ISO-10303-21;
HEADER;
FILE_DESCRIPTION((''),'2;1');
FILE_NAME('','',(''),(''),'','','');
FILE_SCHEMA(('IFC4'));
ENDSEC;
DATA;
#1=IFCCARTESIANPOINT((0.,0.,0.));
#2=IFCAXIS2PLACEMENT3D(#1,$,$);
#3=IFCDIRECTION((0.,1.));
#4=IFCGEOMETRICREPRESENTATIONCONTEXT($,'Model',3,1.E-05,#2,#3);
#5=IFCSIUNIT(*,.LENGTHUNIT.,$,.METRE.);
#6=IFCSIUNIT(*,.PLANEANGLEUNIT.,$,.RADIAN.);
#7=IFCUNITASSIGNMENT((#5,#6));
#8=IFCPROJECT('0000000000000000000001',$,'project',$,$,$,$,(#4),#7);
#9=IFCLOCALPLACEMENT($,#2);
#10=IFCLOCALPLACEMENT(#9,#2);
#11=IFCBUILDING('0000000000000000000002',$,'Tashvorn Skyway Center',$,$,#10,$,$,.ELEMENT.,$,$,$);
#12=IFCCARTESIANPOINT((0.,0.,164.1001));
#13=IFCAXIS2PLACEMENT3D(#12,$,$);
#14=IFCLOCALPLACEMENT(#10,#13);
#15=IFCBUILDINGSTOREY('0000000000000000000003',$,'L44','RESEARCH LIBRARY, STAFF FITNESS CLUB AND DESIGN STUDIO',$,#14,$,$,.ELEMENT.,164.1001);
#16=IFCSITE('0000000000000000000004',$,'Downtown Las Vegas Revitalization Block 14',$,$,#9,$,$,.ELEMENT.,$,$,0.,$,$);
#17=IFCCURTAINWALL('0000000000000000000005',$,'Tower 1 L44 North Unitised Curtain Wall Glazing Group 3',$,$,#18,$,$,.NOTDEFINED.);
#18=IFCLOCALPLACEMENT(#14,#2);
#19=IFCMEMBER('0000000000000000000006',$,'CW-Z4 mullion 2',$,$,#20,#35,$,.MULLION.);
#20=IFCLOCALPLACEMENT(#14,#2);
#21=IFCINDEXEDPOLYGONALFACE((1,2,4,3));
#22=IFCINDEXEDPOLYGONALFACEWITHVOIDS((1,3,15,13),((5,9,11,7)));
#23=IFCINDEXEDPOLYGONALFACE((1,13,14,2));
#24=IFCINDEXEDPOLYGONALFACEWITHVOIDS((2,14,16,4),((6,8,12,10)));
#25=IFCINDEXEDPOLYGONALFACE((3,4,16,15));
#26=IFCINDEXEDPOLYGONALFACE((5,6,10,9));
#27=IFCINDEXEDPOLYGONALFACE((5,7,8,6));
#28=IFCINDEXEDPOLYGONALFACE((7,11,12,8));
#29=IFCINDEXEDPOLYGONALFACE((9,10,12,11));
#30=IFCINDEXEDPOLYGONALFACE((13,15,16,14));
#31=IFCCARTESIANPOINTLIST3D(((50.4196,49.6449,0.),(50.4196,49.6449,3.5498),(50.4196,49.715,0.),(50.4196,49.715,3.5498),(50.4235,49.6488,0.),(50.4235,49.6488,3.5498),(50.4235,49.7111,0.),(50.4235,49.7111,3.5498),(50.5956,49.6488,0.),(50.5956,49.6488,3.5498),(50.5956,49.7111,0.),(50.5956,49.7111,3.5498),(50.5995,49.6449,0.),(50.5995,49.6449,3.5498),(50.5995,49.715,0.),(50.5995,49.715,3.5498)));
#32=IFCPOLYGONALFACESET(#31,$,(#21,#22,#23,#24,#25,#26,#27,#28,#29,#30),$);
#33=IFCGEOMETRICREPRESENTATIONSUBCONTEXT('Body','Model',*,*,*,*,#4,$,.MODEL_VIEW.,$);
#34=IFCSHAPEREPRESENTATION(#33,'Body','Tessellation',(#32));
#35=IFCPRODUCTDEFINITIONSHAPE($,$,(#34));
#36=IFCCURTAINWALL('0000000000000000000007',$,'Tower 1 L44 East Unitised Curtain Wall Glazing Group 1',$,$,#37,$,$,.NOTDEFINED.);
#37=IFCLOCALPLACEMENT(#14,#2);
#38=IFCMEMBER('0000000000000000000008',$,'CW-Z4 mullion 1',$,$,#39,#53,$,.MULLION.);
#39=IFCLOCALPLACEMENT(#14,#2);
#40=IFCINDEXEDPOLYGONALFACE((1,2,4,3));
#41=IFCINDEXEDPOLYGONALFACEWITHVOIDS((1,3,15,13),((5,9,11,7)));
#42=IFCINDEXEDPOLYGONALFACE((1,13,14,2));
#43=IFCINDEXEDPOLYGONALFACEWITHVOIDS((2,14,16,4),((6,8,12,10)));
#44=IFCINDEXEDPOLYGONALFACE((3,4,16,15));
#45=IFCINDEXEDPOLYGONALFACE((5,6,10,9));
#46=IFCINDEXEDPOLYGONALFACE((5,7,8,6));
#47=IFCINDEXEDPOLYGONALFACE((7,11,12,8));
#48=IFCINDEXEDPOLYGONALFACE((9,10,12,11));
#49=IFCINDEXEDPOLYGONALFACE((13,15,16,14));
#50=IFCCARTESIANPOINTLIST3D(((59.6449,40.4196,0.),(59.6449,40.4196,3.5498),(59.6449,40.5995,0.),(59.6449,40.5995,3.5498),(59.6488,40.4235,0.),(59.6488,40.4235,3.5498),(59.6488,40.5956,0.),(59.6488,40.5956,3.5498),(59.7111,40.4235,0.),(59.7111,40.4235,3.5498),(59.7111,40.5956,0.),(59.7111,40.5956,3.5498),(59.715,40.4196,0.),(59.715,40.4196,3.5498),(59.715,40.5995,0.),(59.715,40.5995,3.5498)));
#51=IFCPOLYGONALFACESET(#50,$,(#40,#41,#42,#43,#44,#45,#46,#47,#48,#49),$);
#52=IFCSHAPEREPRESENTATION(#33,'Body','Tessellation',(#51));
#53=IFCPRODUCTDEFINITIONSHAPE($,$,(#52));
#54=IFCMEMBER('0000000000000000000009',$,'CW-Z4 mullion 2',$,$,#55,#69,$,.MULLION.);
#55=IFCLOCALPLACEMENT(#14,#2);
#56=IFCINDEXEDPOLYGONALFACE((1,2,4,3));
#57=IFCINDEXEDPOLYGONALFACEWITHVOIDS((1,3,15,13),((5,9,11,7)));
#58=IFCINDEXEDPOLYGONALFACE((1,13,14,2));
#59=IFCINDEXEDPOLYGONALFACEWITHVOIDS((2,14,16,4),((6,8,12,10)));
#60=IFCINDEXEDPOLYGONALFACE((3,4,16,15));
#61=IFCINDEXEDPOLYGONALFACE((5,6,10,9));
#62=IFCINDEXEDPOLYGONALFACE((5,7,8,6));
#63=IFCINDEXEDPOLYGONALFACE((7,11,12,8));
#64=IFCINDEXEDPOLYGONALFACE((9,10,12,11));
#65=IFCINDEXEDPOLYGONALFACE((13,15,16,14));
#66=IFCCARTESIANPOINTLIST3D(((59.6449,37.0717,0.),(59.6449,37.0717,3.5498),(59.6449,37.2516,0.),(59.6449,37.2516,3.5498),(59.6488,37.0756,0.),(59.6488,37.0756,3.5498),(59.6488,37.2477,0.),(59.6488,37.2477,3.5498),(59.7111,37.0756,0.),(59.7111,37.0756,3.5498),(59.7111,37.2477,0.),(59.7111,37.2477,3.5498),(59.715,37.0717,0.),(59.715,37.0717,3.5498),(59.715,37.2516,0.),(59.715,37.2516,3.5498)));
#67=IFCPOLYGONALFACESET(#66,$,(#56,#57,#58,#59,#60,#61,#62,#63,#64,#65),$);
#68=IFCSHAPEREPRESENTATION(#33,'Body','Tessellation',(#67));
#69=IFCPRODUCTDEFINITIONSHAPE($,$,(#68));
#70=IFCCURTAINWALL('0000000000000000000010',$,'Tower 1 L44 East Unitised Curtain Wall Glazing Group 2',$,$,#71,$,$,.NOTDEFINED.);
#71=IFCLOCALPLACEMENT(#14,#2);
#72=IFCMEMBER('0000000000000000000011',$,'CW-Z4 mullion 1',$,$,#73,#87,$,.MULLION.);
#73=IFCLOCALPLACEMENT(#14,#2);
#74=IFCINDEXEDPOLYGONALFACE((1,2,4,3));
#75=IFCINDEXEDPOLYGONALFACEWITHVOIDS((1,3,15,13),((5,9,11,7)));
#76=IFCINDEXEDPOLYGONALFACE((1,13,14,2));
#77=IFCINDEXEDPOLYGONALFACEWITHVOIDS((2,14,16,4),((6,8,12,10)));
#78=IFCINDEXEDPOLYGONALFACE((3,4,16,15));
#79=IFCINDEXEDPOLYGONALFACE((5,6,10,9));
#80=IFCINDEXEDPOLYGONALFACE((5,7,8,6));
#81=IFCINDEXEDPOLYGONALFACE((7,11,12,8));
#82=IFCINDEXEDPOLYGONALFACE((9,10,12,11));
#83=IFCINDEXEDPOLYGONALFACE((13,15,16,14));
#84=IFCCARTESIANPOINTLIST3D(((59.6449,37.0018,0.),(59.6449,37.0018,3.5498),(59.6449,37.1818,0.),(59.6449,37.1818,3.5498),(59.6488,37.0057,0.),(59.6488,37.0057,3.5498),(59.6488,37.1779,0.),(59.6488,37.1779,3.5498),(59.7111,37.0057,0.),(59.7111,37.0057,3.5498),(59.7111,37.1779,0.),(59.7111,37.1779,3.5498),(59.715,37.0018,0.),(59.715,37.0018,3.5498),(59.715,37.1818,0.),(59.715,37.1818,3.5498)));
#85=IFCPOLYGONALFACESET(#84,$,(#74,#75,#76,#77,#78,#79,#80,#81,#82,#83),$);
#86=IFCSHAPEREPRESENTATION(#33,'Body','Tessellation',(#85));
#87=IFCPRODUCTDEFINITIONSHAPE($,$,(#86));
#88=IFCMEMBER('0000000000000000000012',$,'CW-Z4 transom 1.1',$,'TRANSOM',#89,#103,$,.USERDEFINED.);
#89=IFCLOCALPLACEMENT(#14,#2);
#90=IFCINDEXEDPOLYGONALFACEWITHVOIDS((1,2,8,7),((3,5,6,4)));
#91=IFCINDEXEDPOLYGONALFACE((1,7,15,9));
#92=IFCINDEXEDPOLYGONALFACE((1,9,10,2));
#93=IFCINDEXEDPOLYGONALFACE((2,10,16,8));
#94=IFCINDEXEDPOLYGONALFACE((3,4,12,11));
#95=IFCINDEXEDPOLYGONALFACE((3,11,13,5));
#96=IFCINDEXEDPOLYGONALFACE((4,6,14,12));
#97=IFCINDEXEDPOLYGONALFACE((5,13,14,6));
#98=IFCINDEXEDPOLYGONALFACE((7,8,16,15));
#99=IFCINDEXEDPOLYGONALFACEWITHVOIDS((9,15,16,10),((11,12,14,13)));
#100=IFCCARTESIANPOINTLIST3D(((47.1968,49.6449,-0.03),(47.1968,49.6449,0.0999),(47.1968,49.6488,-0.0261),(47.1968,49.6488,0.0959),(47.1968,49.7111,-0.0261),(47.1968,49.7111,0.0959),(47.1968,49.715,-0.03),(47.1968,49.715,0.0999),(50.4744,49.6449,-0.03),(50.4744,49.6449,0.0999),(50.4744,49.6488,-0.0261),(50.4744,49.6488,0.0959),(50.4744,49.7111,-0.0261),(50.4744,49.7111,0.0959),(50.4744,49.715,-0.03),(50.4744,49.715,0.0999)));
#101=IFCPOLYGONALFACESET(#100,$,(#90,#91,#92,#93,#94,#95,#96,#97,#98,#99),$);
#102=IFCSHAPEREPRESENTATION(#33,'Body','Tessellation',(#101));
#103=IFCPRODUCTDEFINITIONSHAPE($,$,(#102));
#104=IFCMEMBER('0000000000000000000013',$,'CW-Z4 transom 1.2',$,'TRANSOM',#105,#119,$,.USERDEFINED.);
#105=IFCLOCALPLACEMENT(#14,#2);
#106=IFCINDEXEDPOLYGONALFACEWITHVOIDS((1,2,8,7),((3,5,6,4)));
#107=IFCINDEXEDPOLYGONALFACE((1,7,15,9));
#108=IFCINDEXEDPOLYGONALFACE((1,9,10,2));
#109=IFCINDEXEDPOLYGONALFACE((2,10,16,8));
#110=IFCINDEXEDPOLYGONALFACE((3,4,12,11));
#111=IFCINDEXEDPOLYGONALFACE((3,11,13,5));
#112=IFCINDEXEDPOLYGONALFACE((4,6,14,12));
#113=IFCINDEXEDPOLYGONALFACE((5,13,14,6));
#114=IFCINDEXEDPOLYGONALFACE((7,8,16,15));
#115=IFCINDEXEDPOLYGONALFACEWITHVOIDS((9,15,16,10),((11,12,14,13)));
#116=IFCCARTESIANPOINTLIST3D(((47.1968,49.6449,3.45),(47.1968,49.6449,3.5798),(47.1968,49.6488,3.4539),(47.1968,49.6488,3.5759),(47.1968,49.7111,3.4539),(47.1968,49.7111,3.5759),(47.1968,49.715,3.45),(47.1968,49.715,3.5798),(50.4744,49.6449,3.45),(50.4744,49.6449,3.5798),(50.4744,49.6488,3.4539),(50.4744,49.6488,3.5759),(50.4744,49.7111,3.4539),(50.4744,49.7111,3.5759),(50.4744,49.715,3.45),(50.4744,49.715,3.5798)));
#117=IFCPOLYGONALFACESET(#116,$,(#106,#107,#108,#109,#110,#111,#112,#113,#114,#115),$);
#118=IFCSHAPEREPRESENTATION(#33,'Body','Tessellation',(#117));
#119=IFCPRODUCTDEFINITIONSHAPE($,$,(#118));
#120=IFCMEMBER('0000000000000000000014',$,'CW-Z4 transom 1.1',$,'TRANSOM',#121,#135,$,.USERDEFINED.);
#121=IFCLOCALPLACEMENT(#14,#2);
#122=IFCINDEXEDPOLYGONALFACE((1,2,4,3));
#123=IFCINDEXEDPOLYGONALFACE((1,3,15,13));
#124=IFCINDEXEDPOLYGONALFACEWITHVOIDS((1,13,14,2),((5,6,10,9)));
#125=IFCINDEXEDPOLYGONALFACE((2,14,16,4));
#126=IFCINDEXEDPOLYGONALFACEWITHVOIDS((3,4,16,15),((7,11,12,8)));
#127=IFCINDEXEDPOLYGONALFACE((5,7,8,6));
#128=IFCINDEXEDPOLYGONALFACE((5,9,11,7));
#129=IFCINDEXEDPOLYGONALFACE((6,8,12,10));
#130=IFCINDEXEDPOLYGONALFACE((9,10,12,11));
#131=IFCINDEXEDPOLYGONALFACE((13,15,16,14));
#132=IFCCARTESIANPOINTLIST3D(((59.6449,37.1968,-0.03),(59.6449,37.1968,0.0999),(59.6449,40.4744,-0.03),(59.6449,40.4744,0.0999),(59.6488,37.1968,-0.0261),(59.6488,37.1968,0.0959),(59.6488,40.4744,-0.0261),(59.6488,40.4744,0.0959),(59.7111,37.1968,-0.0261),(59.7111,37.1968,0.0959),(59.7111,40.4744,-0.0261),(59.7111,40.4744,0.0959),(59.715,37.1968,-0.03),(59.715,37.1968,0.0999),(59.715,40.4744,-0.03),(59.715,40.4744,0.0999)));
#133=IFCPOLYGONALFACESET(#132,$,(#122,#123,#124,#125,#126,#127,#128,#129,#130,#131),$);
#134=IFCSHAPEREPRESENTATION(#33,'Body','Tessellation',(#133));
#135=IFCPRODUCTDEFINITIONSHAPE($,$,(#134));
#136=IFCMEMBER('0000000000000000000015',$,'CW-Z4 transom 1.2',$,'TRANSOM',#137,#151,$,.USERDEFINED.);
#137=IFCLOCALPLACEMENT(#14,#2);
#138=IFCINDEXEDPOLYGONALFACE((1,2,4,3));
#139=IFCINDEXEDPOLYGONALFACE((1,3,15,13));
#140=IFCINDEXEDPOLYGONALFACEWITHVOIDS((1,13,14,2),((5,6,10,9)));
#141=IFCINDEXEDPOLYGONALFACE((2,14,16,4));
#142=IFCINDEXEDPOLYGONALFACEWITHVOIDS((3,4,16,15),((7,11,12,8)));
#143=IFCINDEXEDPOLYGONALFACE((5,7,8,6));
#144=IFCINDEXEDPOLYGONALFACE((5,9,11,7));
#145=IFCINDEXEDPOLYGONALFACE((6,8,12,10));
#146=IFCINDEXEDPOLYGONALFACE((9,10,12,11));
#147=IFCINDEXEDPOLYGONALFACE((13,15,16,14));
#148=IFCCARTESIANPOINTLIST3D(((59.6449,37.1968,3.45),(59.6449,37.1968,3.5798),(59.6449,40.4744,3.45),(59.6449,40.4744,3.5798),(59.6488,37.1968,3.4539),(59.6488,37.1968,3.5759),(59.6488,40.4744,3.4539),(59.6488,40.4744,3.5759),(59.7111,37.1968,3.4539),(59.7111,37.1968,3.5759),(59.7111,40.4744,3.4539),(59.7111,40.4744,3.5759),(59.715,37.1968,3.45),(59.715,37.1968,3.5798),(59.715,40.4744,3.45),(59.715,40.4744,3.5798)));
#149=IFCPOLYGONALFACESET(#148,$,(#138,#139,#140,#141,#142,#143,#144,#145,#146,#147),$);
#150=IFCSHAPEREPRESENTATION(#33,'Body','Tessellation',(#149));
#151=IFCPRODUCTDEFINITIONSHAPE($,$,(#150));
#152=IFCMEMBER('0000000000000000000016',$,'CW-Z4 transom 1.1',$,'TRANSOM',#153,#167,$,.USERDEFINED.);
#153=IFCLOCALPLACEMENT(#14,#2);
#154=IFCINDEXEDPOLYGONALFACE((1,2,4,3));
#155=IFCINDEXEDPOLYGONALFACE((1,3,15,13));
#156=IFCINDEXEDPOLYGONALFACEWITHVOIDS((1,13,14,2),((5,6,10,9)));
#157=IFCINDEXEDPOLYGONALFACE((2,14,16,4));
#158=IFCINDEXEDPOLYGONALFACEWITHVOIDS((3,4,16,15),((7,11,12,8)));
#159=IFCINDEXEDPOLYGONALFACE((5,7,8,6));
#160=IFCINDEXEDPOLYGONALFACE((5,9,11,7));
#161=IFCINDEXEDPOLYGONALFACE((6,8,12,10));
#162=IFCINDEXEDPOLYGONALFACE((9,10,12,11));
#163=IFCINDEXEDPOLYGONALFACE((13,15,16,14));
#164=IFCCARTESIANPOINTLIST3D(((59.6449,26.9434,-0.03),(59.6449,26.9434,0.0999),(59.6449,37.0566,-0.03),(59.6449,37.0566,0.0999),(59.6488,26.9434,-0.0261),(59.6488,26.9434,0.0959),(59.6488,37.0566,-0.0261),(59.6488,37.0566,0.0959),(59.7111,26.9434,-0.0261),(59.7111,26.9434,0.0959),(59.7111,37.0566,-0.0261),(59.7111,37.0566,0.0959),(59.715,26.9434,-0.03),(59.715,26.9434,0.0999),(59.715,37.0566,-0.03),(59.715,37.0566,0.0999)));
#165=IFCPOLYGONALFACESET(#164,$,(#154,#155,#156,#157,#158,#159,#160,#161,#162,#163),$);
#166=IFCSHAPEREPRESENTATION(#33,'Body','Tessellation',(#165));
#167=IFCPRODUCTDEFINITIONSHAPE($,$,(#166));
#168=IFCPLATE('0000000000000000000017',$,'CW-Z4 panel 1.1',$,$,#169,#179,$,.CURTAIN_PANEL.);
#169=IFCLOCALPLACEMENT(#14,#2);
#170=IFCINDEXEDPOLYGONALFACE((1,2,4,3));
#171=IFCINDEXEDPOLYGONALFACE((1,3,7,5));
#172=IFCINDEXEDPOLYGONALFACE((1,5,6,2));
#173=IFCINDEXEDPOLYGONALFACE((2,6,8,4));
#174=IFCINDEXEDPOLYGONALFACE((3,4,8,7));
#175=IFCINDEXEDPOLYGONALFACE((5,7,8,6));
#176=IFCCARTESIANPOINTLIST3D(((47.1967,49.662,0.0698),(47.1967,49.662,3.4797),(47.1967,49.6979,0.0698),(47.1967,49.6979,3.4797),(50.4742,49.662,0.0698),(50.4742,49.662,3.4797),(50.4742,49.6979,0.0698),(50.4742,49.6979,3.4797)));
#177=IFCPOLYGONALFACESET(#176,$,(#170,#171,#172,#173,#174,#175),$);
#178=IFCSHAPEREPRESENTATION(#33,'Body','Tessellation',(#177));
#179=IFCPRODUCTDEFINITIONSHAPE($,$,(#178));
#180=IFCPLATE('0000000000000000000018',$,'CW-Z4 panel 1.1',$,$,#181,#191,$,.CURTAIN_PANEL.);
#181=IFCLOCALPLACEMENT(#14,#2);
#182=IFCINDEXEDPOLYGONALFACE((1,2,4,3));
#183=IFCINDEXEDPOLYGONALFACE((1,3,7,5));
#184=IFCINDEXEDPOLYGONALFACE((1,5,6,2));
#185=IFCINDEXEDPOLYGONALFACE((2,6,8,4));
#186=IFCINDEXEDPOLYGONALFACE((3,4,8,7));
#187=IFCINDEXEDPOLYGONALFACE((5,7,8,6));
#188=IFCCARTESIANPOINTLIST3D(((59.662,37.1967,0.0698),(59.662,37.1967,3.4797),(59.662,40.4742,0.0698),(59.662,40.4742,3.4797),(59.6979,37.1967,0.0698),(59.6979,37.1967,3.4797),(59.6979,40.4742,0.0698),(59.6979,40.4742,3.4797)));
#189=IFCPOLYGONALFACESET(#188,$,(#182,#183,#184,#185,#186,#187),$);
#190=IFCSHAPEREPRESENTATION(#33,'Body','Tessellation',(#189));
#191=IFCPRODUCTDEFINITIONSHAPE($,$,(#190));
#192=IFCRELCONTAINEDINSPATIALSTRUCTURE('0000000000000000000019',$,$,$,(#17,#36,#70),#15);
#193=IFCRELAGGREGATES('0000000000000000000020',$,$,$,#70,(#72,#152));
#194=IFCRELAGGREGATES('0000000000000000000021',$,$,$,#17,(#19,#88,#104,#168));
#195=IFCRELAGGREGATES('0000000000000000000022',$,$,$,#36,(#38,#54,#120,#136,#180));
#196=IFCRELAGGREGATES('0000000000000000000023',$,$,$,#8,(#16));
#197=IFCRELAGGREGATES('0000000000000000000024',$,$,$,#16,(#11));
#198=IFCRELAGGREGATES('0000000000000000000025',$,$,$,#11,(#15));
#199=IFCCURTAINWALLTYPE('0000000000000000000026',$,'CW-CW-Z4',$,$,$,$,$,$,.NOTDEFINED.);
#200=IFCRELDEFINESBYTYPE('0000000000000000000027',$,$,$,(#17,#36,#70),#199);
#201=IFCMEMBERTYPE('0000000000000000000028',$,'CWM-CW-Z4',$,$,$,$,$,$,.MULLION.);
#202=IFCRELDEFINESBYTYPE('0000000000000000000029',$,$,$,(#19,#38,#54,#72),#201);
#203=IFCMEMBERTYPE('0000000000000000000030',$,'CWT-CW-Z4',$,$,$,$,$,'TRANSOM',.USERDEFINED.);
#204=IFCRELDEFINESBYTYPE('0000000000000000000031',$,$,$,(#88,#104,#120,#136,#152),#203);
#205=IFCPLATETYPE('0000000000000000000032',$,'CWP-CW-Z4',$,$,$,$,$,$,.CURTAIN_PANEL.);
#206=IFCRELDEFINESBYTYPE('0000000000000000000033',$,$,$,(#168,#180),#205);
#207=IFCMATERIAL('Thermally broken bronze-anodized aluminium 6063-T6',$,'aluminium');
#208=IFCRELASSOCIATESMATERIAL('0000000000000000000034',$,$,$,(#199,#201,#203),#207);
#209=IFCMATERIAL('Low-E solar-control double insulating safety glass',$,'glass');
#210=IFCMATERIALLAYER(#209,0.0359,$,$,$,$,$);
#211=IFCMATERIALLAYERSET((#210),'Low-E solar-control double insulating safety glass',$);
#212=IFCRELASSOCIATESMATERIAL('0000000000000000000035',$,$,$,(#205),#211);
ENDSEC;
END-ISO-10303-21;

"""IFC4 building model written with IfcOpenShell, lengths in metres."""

from ifc_helpers import new_model, si_unit, direction, frame, origin, origin_2d, place, context, subcontext, project, spatial, rectangle, hollow_rectangle, extrude, material, layer, layer_set, material_profile, profile_set, type_object, element, aggregate, save


model = new_model("IFC4")

# Units and contexts
model_context = context("Model", 3, precision=1e-05, world=origin(), true_north=direction((0.0, 1.0)))
body_context = subcontext(model_context, "Body", "Model", "MODEL_VIEW")
ifc_project = project(units=[si_unit("LENGTHUNIT", "METRE"), si_unit("PLANEANGLEUNIT", "RADIAN")], contexts=[model_context])

# Site, building, storey
site_placement = place(None, origin())
site = spatial("IfcSite", under=ifc_project, at=site_placement, Name="Downtown Las Vegas Revitalization Block 14", CompositionType="ELEMENT", RefElevation=0.0)
building_placement = place(site_placement, origin())
building = spatial("IfcBuilding", under=site, at=building_placement, Name="Tashvorn Skyway Center", CompositionType="ELEMENT")
storey_placement = place(building_placement, frame((0.0, 0.0, 164.1001)))
storey = spatial("IfcBuildingStorey", under=building, at=storey_placement, Name="L44", Description="RESEARCH LIBRARY, STAFF FITNESS CLUB AND DESIGN STUDIO", CompositionType="ELEMENT", Elevation=164.1001)

# Curtain wall, member
ifc_material_1 = material(Name="Thermally broken bronze-anodized aluminium 6063-T6", Category="aluminium")
curtain_wall_type = type_object("IfcCurtainWallType", Name="CW-CW-Z4", PredefinedType="NOTDEFINED", material=ifc_material_1)
curtain_wall_1_placement = place(storey_placement, origin())
curtain_wall_1 = element("IfcCurtainWall", 1, at=curtain_wall_1_placement, inside=storey, type_object=curtain_wall_type, Name="Tower 1 L44 North Unitised Curtain Wall Glazing Group 3", PredefinedType="NOTDEFINED")
ifc_material_profile_1 = material_profile(ifc_material_1, hollow_rectangle(XDim=0.0701, YDim=0.1799, WallThickness=0.0039, at=origin_2d()), Name="ALU-MULL-70x180")
ifc_profile_set_1 = profile_set([ifc_material_profile_1], Name="Thermally broken bronze-anodized aluminium 6063-T6")
member_type_1 = type_object("IfcMemberType", Name="CWM-CW-Z4", PredefinedType="MULLION", material=ifc_profile_set_1)
member_1_placement = place(storey_placement, frame((50.5095, 49.6799, 0.0), z_axis=(0.0, 0.0, 1.0), x_axis=(0.0, 1.0, 0.0)))
member_1 = element("IfcMember", 2, at=member_1_placement, type_object=member_type_1, Name="CW-Z4 mullion 2", PredefinedType="MULLION", context=body_context, shape_type="SweptSolid", body=[
    extrude(hollow_rectangle(XDim=0.0701, YDim=0.1799, WallThickness=0.0039, at=origin_2d()), origin(), (0.0, 0.0, 1.0), 3.5498),
])

# Curtain wall, members
curtain_wall_2_placement = place(storey_placement, origin())
curtain_wall_2 = element("IfcCurtainWall", 3, at=curtain_wall_2_placement, inside=storey, type_object=curtain_wall_type, Name="Tower 1 L44 East Unitised Curtain Wall Glazing Group 1", PredefinedType="NOTDEFINED")
member_2_placement = place(storey_placement, frame((59.6799, 40.5095, 0.0), z_axis=(0.0, 0.0, 1.0), x_axis=(1.0, 0.0, 0.0)))
member_2 = element("IfcMember", 4, at=member_2_placement, type_object=member_type_1, Name="CW-Z4 mullion 1", PredefinedType="MULLION", context=body_context, shape_type="SweptSolid", body=[
    extrude(hollow_rectangle(XDim=0.0701, YDim=0.1799, WallThickness=0.0039, at=origin_2d()), origin(), (0.0, 0.0, 1.0), 3.5498),
])
member_3_placement = place(storey_placement, frame((59.6799, 37.1616, 0.0), z_axis=(0.0, 0.0, 1.0), x_axis=(1.0, 0.0, 0.0)))
member_3 = element("IfcMember", 5, at=member_3_placement, type_object=member_type_1, Name="CW-Z4 mullion 2", PredefinedType="MULLION", context=body_context, shape_type="SweptSolid", body=[
    extrude(hollow_rectangle(XDim=0.0701, YDim=0.1799, WallThickness=0.0039, at=origin_2d()), origin(), (0.0, 0.0, 1.0), 3.5498),
])

# Curtain wall, member
curtain_wall_3_placement = place(storey_placement, origin())
curtain_wall_3 = element("IfcCurtainWall", 6, at=curtain_wall_3_placement, inside=storey, type_object=curtain_wall_type, Name="Tower 1 L44 East Unitised Curtain Wall Glazing Group 2", PredefinedType="NOTDEFINED")
member_4_placement = place(storey_placement, frame((59.6799, 37.0918, 0.0), z_axis=(0.0, 0.0, 1.0), x_axis=(1.0, 0.0, 0.0)))
member_4 = element("IfcMember", 7, at=member_4_placement, type_object=member_type_1, Name="CW-Z4 mullion 1", PredefinedType="MULLION", context=body_context, shape_type="SweptSolid", body=[
    extrude(hollow_rectangle(XDim=0.0701, YDim=0.1799, WallThickness=0.0039, at=origin_2d()), origin(), (0.0, 0.0, 1.0), 3.5498),
])

# Members
ifc_material_profile_2 = material_profile(ifc_material_1, hollow_rectangle(XDim=0.0701, YDim=0.1299, WallThickness=0.0039, at=origin_2d()), Name="ALU-TRAN-70x130")
ifc_profile_set_2 = profile_set([ifc_material_profile_2], Name="Thermally broken bronze-anodized aluminium 6063-T6")
member_type_2 = type_object("IfcMemberType", Name="CWT-CW-Z4", ElementType="TRANSOM", PredefinedType="USERDEFINED", material=ifc_profile_set_2)
member_5_placement = place(storey_placement, frame((47.1968, 49.6799, 0.0349), z_axis=(1.0, 0.0, 0.0), x_axis=(0.0, 1.0, 0.0)))
member_5 = element("IfcMember", 8, at=member_5_placement, type_object=member_type_2, Name="CW-Z4 transom 1.1", ObjectType="TRANSOM", PredefinedType="USERDEFINED", context=body_context, shape_type="SweptSolid", body=[
    extrude(hollow_rectangle(XDim=0.0701, YDim=0.1299, WallThickness=0.0039, at=origin_2d()), origin(), (0.0, 0.0, 1.0), 3.2776),
])
member_6_placement = place(storey_placement, frame((47.1968, 49.6799, 3.5149), z_axis=(1.0, 0.0, 0.0), x_axis=(0.0, 1.0, 0.0)))
member_6 = element("IfcMember", 9, at=member_6_placement, type_object=member_type_2, Name="CW-Z4 transom 1.2", ObjectType="TRANSOM", PredefinedType="USERDEFINED", context=body_context, shape_type="SweptSolid", body=[
    extrude(hollow_rectangle(XDim=0.0701, YDim=0.1299, WallThickness=0.0039, at=origin_2d()), origin(), (0.0, 0.0, 1.0), 3.2776),
])
member_7_placement = place(storey_placement, frame((59.6799, 40.4744, 0.0349), z_axis=(0.0, -1.0, 0.0), x_axis=(1.0, 0.0, 0.0)))
member_7 = element("IfcMember", 10, at=member_7_placement, type_object=member_type_2, Name="CW-Z4 transom 1.1", ObjectType="TRANSOM", PredefinedType="USERDEFINED", context=body_context, shape_type="SweptSolid", body=[
    extrude(hollow_rectangle(XDim=0.0701, YDim=0.1299, WallThickness=0.0039, at=origin_2d()), origin(), (0.0, 0.0, 1.0), 3.2776),
])
member_8_placement = place(storey_placement, frame((59.6799, 40.4744, 3.5149), z_axis=(0.0, -1.0, 0.0), x_axis=(1.0, 0.0, 0.0)))
member_8 = element("IfcMember", 11, at=member_8_placement, type_object=member_type_2, Name="CW-Z4 transom 1.2", ObjectType="TRANSOM", PredefinedType="USERDEFINED", context=body_context, shape_type="SweptSolid", body=[
    extrude(hollow_rectangle(XDim=0.0701, YDim=0.1299, WallThickness=0.0039, at=origin_2d()), origin(), (0.0, 0.0, 1.0), 3.2776),
])
member_9_placement = place(storey_placement, frame((59.6799, 37.0566, 0.0349), z_axis=(0.0, -1.0, 0.0), x_axis=(1.0, 0.0, 0.0)))
member_9 = element("IfcMember", 12, at=member_9_placement, type_object=member_type_2, Name="CW-Z4 transom 1.1", ObjectType="TRANSOM", PredefinedType="USERDEFINED", context=body_context, shape_type="SweptSolid", body=[
    extrude(hollow_rectangle(XDim=0.0701, YDim=0.1299, WallThickness=0.0039, at=origin_2d()), origin(), (0.0, 0.0, 1.0), 10.1133),
])
aggregate(curtain_wall_3, [member_4, member_9])

# Plates
ifc_material_2 = material(Name="Low-E solar-control double insulating safety glass", Category="glass")
ifc_layer_1 = layer(ifc_material_2, 0.0359)
ifc_layer_set_1 = layer_set([ifc_layer_1], Name="Low-E solar-control double insulating safety glass")
plate_type = type_object("IfcPlateType", Name="CWP-CW-Z4", PredefinedType="CURTAIN_PANEL", material=ifc_layer_set_1)
plate_1_placement = place(storey_placement, frame((48.8354, 49.6799, 0.0698), z_axis=(0.0, 0.0, 1.0), x_axis=(1.0, 0.0, 0.0)))
plate_1 = element("IfcPlate", 13, at=plate_1_placement, type_object=plate_type, Name="CW-Z4 panel 1.1", PredefinedType="CURTAIN_PANEL", context=body_context, shape_type="SweptSolid", body=[
    extrude(rectangle(XDim=3.2776, YDim=0.0359, at=origin_2d()), origin(), (0.0, 0.0, 1.0), 3.4099),
])
aggregate(curtain_wall_1, [member_1, member_5, member_6, plate_1])
plate_2_placement = place(storey_placement, frame((59.6799, 38.8354, 0.0698), z_axis=(0.0, 0.0, 1.0), x_axis=(0.0, -1.0, 0.0)))
plate_2 = element("IfcPlate", 14, at=plate_2_placement, type_object=plate_type, Name="CW-Z4 panel 1.1", PredefinedType="CURTAIN_PANEL", context=body_context, shape_type="SweptSolid", body=[
    extrude(rectangle(XDim=3.2776, YDim=0.0359, at=origin_2d()), origin(), (0.0, 0.0, 1.0), 3.4099),
])
aggregate(curtain_wall_2, [member_2, member_3, member_7, member_8, plate_2])

save(model, "model.ifc")
